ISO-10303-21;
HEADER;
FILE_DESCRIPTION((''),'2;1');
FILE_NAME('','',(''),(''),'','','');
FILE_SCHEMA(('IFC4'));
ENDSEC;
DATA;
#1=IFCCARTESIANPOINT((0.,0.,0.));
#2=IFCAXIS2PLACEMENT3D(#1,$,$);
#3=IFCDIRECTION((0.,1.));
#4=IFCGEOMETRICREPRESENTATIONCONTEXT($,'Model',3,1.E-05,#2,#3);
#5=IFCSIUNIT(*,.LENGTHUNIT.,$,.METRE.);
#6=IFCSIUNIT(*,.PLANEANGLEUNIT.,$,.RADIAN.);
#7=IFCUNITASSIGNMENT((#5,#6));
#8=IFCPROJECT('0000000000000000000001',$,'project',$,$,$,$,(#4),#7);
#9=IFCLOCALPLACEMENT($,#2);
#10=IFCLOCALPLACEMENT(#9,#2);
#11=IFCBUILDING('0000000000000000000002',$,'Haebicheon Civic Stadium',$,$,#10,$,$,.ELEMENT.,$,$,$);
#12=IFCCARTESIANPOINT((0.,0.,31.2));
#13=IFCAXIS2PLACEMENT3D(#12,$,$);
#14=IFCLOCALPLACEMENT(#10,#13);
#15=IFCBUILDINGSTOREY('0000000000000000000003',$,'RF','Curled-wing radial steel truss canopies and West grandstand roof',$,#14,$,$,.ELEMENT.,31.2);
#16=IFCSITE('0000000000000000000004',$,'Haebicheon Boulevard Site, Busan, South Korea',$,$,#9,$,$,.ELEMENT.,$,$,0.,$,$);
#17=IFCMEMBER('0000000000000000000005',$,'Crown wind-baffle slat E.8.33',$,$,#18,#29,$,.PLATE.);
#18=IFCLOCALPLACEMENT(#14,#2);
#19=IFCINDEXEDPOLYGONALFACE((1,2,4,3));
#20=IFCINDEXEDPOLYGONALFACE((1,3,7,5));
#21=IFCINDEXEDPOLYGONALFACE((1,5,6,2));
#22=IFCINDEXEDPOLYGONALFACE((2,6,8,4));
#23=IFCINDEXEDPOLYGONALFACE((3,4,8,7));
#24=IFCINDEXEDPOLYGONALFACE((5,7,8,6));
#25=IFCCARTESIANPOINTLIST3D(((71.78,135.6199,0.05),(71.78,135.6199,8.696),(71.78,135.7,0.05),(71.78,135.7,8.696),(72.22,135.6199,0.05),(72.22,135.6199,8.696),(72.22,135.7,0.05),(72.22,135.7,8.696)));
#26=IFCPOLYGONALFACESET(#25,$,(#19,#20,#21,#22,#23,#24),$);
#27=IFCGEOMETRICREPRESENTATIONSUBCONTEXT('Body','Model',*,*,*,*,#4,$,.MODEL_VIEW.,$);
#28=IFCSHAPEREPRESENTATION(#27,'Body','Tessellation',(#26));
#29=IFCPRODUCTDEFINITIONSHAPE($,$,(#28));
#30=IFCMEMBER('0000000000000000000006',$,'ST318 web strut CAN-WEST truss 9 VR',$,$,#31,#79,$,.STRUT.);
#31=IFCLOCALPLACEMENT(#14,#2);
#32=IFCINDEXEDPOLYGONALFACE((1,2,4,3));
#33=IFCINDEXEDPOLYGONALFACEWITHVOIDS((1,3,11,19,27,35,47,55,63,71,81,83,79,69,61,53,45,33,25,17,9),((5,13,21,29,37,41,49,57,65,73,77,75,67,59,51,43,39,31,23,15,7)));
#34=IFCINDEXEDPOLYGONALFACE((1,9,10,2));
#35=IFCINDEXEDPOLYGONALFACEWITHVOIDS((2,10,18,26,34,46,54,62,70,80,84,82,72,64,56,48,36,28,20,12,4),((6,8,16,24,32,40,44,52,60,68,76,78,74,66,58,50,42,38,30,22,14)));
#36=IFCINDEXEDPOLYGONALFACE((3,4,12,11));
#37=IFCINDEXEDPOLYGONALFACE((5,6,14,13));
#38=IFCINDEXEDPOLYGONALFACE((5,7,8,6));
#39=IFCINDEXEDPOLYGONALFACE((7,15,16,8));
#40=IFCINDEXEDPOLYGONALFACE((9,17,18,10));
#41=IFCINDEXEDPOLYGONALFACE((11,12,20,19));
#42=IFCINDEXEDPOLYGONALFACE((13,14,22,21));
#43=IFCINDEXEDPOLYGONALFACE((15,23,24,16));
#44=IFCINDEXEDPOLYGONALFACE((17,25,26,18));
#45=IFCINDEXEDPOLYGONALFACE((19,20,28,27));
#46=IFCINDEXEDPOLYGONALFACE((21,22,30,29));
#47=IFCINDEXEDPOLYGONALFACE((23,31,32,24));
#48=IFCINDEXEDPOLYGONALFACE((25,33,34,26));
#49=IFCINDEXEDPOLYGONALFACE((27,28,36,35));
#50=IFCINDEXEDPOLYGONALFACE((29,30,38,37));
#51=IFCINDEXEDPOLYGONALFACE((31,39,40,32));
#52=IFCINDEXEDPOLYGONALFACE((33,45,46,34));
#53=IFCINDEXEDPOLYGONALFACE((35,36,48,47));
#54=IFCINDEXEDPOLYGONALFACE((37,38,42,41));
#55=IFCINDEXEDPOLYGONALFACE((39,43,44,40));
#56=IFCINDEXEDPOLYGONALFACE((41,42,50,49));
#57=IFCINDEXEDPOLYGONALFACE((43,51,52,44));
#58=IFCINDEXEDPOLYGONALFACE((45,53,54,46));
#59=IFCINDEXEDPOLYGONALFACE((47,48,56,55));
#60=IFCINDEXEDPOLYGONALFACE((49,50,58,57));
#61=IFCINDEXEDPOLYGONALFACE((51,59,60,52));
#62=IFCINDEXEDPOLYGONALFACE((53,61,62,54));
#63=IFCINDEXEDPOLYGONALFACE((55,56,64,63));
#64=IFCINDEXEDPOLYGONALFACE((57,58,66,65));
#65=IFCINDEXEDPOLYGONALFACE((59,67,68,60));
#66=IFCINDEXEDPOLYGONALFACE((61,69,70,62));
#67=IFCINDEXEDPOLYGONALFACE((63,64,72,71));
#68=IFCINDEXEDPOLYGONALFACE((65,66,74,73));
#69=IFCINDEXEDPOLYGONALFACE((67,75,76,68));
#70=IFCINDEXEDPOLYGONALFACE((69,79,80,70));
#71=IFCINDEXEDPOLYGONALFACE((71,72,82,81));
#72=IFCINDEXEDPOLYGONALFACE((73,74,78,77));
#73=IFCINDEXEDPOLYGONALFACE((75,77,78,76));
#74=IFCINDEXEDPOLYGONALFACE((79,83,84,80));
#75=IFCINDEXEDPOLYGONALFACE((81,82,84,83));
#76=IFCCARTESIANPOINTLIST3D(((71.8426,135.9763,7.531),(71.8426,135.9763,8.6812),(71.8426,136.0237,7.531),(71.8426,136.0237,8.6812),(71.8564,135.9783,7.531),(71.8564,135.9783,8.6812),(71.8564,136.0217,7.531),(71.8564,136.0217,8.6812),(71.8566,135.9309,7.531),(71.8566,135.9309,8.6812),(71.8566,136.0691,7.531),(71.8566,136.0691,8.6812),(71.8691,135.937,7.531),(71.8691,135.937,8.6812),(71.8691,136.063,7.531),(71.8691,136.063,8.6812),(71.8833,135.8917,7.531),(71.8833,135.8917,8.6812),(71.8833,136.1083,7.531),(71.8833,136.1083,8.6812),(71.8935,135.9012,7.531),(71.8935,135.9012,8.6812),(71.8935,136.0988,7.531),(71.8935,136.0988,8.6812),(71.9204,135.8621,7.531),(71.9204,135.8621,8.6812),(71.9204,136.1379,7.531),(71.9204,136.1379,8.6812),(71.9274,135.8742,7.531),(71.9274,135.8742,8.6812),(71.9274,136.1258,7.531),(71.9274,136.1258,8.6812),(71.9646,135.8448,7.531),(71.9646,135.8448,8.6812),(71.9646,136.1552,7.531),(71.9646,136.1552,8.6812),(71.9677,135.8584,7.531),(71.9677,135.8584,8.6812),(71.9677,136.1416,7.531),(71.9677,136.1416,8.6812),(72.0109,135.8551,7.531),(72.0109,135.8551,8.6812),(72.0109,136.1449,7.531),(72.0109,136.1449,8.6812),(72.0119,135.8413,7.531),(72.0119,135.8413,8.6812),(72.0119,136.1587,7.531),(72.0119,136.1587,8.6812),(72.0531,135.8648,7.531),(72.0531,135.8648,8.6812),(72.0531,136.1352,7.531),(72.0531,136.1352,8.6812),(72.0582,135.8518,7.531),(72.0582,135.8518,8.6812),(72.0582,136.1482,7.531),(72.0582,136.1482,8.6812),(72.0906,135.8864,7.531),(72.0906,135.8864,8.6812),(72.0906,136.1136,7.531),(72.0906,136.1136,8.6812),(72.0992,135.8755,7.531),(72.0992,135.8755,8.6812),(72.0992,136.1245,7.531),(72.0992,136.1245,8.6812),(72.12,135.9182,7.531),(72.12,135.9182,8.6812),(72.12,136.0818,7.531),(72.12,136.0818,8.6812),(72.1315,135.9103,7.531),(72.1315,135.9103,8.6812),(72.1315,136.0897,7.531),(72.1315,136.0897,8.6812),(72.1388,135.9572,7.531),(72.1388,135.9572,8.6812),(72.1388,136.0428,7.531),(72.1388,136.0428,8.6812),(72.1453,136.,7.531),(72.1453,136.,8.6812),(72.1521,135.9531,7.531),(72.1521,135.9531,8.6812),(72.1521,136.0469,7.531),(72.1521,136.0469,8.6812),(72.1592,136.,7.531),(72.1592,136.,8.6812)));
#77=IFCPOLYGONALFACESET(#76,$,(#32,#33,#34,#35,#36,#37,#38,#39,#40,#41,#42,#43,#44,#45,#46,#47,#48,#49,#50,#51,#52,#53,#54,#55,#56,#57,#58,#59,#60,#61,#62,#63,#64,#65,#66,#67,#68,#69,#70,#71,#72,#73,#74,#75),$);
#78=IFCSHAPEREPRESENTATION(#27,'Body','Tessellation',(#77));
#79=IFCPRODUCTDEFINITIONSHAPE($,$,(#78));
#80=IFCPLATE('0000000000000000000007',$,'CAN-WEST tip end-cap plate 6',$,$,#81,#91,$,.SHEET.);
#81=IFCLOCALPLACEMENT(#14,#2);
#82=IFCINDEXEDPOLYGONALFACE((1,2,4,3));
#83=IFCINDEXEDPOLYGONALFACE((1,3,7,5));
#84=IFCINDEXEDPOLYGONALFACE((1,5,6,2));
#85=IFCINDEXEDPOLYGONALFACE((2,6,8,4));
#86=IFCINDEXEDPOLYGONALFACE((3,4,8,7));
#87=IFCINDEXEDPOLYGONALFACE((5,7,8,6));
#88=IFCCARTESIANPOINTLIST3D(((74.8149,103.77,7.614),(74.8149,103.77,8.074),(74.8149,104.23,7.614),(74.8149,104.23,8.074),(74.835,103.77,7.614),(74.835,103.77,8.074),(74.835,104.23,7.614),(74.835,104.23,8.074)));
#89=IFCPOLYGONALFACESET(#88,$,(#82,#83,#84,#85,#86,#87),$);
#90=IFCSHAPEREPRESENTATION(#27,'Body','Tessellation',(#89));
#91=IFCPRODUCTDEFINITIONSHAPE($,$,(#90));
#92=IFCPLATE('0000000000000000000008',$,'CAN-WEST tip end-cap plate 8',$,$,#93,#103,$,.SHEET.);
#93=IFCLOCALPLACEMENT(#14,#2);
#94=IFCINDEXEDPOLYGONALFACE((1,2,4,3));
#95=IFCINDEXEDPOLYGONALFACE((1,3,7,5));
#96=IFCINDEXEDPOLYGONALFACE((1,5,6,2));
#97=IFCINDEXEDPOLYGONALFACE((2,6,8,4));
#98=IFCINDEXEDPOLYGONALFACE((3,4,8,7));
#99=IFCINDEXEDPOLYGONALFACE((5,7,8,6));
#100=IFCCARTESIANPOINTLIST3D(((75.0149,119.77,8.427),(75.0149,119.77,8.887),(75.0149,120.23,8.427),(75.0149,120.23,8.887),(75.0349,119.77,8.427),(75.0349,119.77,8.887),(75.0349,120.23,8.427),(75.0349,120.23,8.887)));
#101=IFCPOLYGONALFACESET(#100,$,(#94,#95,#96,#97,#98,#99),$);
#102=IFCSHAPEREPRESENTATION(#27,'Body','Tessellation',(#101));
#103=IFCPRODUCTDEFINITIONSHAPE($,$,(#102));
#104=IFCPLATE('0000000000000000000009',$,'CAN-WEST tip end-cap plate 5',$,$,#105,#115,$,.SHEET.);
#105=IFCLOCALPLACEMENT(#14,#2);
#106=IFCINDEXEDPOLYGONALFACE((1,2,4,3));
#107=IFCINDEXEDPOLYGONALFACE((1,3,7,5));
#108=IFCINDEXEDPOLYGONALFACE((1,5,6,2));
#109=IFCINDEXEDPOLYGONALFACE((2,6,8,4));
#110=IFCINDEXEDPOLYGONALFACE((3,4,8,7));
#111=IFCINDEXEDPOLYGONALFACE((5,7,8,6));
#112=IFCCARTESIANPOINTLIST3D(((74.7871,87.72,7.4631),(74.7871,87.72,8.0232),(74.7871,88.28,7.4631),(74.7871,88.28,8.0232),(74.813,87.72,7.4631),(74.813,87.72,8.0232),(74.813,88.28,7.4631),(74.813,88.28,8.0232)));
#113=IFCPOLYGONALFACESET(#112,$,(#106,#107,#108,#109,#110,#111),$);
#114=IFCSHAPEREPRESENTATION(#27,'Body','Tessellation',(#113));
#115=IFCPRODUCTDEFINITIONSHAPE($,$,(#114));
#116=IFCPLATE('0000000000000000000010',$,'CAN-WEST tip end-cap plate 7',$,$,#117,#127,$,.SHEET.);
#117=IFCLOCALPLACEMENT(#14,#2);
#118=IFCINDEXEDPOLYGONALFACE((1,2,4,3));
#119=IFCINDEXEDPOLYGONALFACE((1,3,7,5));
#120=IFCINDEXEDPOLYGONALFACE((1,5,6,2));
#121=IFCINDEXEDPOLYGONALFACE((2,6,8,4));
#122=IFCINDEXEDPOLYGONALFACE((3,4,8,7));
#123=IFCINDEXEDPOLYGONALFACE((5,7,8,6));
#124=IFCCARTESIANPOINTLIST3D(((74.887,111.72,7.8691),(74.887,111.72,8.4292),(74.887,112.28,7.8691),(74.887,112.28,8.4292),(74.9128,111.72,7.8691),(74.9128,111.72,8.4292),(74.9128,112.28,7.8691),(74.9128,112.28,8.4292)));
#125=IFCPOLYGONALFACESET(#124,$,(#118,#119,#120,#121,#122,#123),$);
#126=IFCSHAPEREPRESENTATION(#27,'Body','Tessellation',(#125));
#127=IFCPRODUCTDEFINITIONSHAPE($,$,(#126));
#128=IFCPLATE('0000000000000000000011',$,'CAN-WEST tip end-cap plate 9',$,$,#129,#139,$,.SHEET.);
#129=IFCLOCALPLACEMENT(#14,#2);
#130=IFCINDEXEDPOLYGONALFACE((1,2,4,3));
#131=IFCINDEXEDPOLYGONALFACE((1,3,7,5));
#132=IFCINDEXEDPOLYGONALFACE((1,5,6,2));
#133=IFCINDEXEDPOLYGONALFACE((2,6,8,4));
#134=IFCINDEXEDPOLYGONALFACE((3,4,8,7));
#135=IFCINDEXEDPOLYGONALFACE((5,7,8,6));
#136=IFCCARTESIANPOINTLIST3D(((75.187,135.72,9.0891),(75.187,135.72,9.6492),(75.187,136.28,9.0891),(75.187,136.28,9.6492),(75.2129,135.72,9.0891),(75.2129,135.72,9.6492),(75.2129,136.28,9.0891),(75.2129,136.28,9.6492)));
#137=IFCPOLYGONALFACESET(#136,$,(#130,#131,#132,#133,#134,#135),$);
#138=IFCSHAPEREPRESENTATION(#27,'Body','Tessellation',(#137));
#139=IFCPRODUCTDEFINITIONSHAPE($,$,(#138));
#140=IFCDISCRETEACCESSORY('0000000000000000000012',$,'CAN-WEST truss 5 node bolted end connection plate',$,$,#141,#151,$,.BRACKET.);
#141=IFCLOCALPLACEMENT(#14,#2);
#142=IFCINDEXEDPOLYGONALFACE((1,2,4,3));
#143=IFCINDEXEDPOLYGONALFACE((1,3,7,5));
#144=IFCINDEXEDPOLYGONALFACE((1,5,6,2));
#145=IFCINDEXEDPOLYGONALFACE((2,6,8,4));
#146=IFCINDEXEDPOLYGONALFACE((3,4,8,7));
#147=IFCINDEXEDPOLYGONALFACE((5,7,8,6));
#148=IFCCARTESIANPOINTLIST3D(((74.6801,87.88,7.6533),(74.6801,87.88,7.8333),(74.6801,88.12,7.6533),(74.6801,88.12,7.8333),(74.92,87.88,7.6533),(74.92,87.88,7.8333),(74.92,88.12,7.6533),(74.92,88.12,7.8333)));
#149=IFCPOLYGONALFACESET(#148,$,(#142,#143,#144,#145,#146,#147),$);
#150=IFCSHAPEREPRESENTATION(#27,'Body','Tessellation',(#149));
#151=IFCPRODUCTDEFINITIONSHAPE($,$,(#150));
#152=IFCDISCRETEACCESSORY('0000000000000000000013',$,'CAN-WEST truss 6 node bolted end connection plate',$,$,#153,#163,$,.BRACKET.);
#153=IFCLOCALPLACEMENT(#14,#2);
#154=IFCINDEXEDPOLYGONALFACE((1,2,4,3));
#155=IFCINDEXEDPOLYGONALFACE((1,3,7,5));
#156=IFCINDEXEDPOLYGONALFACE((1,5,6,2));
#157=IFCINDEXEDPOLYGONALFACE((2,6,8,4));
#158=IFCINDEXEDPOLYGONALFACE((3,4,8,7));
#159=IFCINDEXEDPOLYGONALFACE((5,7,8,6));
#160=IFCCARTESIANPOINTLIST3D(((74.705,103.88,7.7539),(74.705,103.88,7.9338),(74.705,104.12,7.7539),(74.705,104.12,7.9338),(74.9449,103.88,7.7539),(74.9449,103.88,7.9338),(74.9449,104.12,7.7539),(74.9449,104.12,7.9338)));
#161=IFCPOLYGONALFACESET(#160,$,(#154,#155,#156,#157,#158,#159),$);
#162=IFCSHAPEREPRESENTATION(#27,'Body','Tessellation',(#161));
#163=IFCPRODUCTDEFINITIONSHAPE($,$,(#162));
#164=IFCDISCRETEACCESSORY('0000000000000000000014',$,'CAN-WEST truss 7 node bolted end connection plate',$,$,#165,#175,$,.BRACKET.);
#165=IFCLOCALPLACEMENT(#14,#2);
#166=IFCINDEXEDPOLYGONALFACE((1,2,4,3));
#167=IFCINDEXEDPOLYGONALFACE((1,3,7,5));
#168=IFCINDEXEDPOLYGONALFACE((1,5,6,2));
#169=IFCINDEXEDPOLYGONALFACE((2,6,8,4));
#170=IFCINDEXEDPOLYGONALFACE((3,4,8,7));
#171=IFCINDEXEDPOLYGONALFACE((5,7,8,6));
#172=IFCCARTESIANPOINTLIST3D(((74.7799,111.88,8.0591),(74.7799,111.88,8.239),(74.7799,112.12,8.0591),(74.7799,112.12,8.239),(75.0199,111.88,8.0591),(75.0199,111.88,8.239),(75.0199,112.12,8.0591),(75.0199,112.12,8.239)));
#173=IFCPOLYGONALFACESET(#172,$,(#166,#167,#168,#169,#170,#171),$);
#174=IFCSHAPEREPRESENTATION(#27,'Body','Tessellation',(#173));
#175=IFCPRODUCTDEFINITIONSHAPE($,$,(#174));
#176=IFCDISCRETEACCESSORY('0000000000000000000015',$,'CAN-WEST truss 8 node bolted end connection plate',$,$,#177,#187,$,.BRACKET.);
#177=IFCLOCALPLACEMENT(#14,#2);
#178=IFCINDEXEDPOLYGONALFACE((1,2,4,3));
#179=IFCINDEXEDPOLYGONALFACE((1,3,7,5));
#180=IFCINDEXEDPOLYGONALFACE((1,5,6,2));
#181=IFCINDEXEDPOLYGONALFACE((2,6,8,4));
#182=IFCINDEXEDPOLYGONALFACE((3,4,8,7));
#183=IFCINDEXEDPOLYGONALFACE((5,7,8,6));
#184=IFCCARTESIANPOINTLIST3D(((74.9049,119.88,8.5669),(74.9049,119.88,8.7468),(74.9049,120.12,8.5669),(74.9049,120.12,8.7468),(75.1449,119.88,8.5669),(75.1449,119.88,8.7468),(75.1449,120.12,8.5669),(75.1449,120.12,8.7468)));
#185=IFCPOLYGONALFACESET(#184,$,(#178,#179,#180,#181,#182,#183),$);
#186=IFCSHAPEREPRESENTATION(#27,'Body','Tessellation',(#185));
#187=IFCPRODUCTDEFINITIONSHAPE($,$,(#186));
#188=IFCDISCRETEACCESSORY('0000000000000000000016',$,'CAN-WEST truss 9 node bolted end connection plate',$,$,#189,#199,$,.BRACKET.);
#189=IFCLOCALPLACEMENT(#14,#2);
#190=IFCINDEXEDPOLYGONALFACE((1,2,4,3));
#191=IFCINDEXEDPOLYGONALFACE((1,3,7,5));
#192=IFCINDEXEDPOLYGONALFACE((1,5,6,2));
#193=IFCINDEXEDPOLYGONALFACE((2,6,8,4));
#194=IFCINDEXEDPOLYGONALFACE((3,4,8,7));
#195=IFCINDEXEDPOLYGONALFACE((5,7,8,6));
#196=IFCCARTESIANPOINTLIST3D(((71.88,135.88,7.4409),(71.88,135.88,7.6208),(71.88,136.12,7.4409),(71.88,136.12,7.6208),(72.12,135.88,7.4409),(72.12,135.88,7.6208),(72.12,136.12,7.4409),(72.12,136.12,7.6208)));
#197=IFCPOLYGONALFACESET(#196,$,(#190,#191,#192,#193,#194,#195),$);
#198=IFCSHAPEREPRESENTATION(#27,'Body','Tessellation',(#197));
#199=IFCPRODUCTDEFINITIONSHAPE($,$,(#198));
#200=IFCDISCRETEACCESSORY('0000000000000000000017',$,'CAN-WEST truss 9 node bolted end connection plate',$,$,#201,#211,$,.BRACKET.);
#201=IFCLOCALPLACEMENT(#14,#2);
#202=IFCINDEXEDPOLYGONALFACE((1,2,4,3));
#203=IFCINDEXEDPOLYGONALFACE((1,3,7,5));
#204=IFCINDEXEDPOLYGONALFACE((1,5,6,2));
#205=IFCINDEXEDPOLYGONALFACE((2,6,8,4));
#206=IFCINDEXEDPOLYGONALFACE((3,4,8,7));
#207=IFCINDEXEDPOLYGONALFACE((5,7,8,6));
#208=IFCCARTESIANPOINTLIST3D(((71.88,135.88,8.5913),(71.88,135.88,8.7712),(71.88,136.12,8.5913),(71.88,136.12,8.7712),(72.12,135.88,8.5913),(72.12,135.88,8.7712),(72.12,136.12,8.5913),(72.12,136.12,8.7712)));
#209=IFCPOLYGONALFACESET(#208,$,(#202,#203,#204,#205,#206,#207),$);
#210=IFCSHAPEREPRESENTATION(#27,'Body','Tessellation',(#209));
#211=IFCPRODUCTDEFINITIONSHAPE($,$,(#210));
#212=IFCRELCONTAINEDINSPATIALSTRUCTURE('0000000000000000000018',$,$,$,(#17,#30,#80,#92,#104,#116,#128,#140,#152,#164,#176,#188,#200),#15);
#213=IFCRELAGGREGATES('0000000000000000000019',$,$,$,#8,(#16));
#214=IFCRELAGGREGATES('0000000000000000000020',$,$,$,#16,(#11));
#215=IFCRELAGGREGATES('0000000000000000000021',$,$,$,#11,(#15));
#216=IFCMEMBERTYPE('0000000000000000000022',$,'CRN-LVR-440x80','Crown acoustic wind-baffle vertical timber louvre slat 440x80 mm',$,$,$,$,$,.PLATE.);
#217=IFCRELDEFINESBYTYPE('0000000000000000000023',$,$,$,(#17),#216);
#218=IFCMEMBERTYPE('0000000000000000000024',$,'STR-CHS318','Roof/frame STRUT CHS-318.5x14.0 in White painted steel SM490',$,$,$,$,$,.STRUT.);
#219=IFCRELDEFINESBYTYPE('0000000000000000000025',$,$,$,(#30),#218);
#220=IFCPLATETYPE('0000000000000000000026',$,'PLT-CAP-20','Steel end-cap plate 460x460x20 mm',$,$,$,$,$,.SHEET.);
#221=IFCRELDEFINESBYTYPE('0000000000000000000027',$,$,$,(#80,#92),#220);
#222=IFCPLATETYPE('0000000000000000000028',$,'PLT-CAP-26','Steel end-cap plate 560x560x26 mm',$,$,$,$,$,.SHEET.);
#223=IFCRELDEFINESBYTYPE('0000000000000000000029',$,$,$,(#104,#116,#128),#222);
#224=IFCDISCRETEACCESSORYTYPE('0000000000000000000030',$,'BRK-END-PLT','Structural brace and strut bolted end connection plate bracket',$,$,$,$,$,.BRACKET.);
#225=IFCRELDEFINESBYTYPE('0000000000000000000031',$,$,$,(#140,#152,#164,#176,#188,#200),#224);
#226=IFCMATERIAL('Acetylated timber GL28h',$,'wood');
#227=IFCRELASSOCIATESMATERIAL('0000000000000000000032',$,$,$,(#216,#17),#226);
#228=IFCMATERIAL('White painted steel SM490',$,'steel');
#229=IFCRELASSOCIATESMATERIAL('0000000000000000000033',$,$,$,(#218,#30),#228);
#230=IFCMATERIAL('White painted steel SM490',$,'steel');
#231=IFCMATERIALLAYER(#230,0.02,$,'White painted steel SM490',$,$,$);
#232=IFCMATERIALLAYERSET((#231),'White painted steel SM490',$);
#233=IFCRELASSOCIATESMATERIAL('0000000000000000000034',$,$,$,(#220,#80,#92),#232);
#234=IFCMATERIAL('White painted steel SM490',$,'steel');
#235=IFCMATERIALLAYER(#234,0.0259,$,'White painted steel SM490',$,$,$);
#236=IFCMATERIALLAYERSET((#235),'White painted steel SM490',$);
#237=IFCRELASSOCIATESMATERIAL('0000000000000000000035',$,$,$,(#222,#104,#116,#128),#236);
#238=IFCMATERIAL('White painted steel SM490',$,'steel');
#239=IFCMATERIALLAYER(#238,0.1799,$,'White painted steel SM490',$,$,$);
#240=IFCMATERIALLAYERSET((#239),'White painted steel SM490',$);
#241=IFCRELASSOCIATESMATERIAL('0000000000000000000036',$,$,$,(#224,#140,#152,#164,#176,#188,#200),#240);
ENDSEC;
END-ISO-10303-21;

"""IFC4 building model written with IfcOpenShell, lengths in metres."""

from ifc_helpers import new_model, si_unit, direction, frame, origin, origin_2d, place, context, subcontext, project, spatial, rectangle, hollow_circle, extrude, material, layer, layer_set, material_profile, profile_set, type_object, element, save


model = new_model("IFC4")

# Units and contexts
model_context = context("Model", 3, precision=1e-05, world=origin(), true_north=direction((0.0, 1.0)))
body_context = subcontext(model_context, "Body", "Model", "MODEL_VIEW")
ifc_project = project(units=[si_unit("LENGTHUNIT", "METRE"), si_unit("PLANEANGLEUNIT", "RADIAN")], contexts=[model_context])

# Site, building, storey
site_placement = place(None, origin())
site = spatial("IfcSite", under=ifc_project, at=site_placement, Name="Haebicheon Boulevard Site, Busan, South Korea", CompositionType="ELEMENT", RefElevation=0.0)
building_placement = place(site_placement, origin())
building = spatial("IfcBuilding", under=site, at=building_placement, Name="Haebicheon Civic Stadium", CompositionType="ELEMENT")
storey_placement = place(building_placement, frame((0.0, 0.0, 31.2)))
storey = spatial("IfcBuildingStorey", under=building, at=storey_placement, Name="RF", Description="Curled-wing radial steel truss canopies and West grandstand roof", CompositionType="ELEMENT", Elevation=31.2)

# Members
ifc_material_1 = material(Name="Acetylated timber GL28h", Category="wood")
ifc_material_profile_1 = material_profile(ifc_material_1, rectangle(XDim=0.0801, YDim=0.4399, at=origin_2d()), Name="TMB-LOUV-80x440")
ifc_profile_set_1 = profile_set([ifc_material_profile_1], Name="Acetylated timber GL28h")
member_type_1 = type_object("IfcMemberType", Name="CRN-LVR-440x80", Description="Crown acoustic wind-baffle vertical timber louvre slat 440x80 mm", PredefinedType="PLATE", material=ifc_profile_set_1)
member_1_placement = place(storey_placement, frame((72.0, 135.6599, 0.05), z_axis=(0.0, 0.0, 1.0), x_axis=(0.0, 1.0, 0.0)))
element("IfcMember", 1, at=member_1_placement, inside=storey, type_object=member_type_1, material=ifc_profile_set_1, Name="Crown wind-baffle slat E.8.33", PredefinedType="PLATE", context=body_context, shape_type="SweptSolid", body=[
    extrude(rectangle(XDim=0.0801, YDim=0.4399, at=origin_2d()), origin(), (0.0, 0.0, 1.0), 8.646),
])
ifc_material_2 = material(Name="White painted steel SM490", Category="steel")
ifc_material_profile_2 = material_profile(ifc_material_2, hollow_circle(Radius=0.1592, WallThickness=0.0139, at=origin_2d()), Name="CHS-318.5x14.0")
ifc_profile_set_2 = profile_set([ifc_material_profile_2], Name="White painted steel SM490")
member_type_2 = type_object("IfcMemberType", Name="STR-CHS318", Description="Roof/frame STRUT CHS-318.5x14.0 in White painted steel SM490", PredefinedType="STRUT", material=ifc_profile_set_2)
member_2_placement = place(storey_placement, frame((72.0, 136.0, 7.531), z_axis=(0.0, 0.0, 1.0), x_axis=(1.0, 0.0, 0.0)))
element("IfcMember", 2, at=member_2_placement, inside=storey, type_object=member_type_2, material=ifc_profile_set_2, Name="ST318 web strut CAN-WEST truss 9 VR", PredefinedType="STRUT", context=body_context, shape_type="SweptSolid", body=[
    extrude(hollow_circle(Radius=0.1592, WallThickness=0.0139, at=origin_2d()), origin(), (0.0, 0.0, 1.0), 1.1501),
])

# Plates
ifc_material_3 = material(Name="White painted steel SM490", Category="steel")
ifc_layer_1 = layer(ifc_material_3, 0.02, Name="White painted steel SM490")
ifc_layer_set_1 = layer_set([ifc_layer_1], Name="White painted steel SM490")
plate_type_1 = type_object("IfcPlateType", Name="PLT-CAP-20", Description="Steel end-cap plate 460x460x20 mm", PredefinedType="SHEET", material=ifc_layer_set_1)
for number, where, z_axis, x_axis, name in (
    (3, (74.825, 104.0, 7.614), (0.0, 0.0, 1.0), (0.0, 1.0, 0.0), "CAN-WEST tip end-cap plate 6"),
    (4, (75.0249, 120.0, 8.427), (0.0, 0.0, 1.0), (0.0, 1.0, 0.0), "CAN-WEST tip end-cap plate 8"),
):
    element("IfcPlate", number, at=place(storey_placement, frame(where, z_axis=z_axis, x_axis=x_axis)), inside=storey, type_object=plate_type_1, material=ifc_layer_set_1, Name=name, PredefinedType="SHEET", context=body_context, shape_type="SweptSolid", body=[
        extrude(rectangle(XDim=0.46, YDim=0.02, at=origin_2d()), origin(), (0.0, 0.0, 1.0), 0.46),
    ])
ifc_material_4 = material(Name="White painted steel SM490", Category="steel")
ifc_layer_2 = layer(ifc_material_4, 0.0259, Name="White painted steel SM490")
ifc_layer_set_2 = layer_set([ifc_layer_2], Name="White painted steel SM490")
plate_type_2 = type_object("IfcPlateType", Name="PLT-CAP-26", Description="Steel end-cap plate 560x560x26 mm", PredefinedType="SHEET", material=ifc_layer_set_2)
for number, where, z_axis, x_axis, name in (
    (5, (74.8, 88.0, 7.4631), (0.0, 0.0, 1.0), (0.0, 1.0, 0.0), "CAN-WEST tip end-cap plate 5"),
    (6, (74.8999, 112.0, 7.8691), (0.0, 0.0, 1.0), (0.0, 1.0, 0.0), "CAN-WEST tip end-cap plate 7"),
    (7, (75.2, 136.0, 9.0891), (0.0, 0.0, 1.0), (0.0, 1.0, 0.0), "CAN-WEST tip end-cap plate 9"),
):
    element("IfcPlate", number, at=place(storey_placement, frame(where, z_axis=z_axis, x_axis=x_axis)), inside=storey, type_object=plate_type_2, material=ifc_layer_set_2, Name=name, PredefinedType="SHEET", context=body_context, shape_type="SweptSolid", body=[
        extrude(rectangle(XDim=0.5601, YDim=0.0259, at=origin_2d()), origin(), (0.0, 0.0, 1.0), 0.5601),
    ])

# Discrete accessories
ifc_material_5 = material(Name="White painted steel SM490", Category="steel")
ifc_layer_3 = layer(ifc_material_5, 0.1799, Name="White painted steel SM490")
ifc_layer_set_3 = layer_set([ifc_layer_3], Name="White painted steel SM490")
discrete_accessory_type = type_object("IfcDiscreteAccessoryType", Name="BRK-END-PLT", Description="Structural brace and strut bolted end connection plate bracket", PredefinedType="BRACKET", material=ifc_layer_set_3)
for number, where, z_axis, x_axis, name in (
    (8, (74.8, 88.0, 7.6533), (0.0, 0.0, 1.0), (1.0, 0.0, 0.0), "CAN-WEST truss 5 node bolted end connection plate"),
    (9, (74.825, 104.0, 7.7539), (0.0, 0.0, 1.0), (1.0, 0.0, 0.0), "CAN-WEST truss 6 node bolted end connection plate"),
    (10, (74.8999, 112.0, 8.0591), (0.0, 0.0, 1.0), (1.0, 0.0, 0.0), "CAN-WEST truss 7 node bolted end connection plate"),
    (11, (75.0249, 120.0, 8.5669), (0.0, 0.0, 1.0), (1.0, 0.0, 0.0), "CAN-WEST truss 8 node bolted end connection plate"),
    (12, (72.0, 136.0, 7.4409), (0.0, 0.0, 1.0), (1.0, 0.0, 0.0), "CAN-WEST truss 9 node bolted end connection plate"),
    (13, (72.0, 136.0, 8.5913), (0.0, 0.0, 1.0), (1.0, 0.0, 0.0), "CAN-WEST truss 9 node bolted end connection plate"),
):
    element("IfcDiscreteAccessory", number, at=place(storey_placement, frame(where, z_axis=z_axis, x_axis=x_axis)), inside=storey, type_object=discrete_accessory_type, material=ifc_layer_set_3, Name=name, PredefinedType="BRACKET", context=body_context, shape_type="SweptSolid", body=[
        extrude(rectangle(XDim=0.24, YDim=0.24, at=origin_2d()), origin(), (0.0, 0.0, 1.0), 0.1799),
    ])

save(model, "model.ifc")
